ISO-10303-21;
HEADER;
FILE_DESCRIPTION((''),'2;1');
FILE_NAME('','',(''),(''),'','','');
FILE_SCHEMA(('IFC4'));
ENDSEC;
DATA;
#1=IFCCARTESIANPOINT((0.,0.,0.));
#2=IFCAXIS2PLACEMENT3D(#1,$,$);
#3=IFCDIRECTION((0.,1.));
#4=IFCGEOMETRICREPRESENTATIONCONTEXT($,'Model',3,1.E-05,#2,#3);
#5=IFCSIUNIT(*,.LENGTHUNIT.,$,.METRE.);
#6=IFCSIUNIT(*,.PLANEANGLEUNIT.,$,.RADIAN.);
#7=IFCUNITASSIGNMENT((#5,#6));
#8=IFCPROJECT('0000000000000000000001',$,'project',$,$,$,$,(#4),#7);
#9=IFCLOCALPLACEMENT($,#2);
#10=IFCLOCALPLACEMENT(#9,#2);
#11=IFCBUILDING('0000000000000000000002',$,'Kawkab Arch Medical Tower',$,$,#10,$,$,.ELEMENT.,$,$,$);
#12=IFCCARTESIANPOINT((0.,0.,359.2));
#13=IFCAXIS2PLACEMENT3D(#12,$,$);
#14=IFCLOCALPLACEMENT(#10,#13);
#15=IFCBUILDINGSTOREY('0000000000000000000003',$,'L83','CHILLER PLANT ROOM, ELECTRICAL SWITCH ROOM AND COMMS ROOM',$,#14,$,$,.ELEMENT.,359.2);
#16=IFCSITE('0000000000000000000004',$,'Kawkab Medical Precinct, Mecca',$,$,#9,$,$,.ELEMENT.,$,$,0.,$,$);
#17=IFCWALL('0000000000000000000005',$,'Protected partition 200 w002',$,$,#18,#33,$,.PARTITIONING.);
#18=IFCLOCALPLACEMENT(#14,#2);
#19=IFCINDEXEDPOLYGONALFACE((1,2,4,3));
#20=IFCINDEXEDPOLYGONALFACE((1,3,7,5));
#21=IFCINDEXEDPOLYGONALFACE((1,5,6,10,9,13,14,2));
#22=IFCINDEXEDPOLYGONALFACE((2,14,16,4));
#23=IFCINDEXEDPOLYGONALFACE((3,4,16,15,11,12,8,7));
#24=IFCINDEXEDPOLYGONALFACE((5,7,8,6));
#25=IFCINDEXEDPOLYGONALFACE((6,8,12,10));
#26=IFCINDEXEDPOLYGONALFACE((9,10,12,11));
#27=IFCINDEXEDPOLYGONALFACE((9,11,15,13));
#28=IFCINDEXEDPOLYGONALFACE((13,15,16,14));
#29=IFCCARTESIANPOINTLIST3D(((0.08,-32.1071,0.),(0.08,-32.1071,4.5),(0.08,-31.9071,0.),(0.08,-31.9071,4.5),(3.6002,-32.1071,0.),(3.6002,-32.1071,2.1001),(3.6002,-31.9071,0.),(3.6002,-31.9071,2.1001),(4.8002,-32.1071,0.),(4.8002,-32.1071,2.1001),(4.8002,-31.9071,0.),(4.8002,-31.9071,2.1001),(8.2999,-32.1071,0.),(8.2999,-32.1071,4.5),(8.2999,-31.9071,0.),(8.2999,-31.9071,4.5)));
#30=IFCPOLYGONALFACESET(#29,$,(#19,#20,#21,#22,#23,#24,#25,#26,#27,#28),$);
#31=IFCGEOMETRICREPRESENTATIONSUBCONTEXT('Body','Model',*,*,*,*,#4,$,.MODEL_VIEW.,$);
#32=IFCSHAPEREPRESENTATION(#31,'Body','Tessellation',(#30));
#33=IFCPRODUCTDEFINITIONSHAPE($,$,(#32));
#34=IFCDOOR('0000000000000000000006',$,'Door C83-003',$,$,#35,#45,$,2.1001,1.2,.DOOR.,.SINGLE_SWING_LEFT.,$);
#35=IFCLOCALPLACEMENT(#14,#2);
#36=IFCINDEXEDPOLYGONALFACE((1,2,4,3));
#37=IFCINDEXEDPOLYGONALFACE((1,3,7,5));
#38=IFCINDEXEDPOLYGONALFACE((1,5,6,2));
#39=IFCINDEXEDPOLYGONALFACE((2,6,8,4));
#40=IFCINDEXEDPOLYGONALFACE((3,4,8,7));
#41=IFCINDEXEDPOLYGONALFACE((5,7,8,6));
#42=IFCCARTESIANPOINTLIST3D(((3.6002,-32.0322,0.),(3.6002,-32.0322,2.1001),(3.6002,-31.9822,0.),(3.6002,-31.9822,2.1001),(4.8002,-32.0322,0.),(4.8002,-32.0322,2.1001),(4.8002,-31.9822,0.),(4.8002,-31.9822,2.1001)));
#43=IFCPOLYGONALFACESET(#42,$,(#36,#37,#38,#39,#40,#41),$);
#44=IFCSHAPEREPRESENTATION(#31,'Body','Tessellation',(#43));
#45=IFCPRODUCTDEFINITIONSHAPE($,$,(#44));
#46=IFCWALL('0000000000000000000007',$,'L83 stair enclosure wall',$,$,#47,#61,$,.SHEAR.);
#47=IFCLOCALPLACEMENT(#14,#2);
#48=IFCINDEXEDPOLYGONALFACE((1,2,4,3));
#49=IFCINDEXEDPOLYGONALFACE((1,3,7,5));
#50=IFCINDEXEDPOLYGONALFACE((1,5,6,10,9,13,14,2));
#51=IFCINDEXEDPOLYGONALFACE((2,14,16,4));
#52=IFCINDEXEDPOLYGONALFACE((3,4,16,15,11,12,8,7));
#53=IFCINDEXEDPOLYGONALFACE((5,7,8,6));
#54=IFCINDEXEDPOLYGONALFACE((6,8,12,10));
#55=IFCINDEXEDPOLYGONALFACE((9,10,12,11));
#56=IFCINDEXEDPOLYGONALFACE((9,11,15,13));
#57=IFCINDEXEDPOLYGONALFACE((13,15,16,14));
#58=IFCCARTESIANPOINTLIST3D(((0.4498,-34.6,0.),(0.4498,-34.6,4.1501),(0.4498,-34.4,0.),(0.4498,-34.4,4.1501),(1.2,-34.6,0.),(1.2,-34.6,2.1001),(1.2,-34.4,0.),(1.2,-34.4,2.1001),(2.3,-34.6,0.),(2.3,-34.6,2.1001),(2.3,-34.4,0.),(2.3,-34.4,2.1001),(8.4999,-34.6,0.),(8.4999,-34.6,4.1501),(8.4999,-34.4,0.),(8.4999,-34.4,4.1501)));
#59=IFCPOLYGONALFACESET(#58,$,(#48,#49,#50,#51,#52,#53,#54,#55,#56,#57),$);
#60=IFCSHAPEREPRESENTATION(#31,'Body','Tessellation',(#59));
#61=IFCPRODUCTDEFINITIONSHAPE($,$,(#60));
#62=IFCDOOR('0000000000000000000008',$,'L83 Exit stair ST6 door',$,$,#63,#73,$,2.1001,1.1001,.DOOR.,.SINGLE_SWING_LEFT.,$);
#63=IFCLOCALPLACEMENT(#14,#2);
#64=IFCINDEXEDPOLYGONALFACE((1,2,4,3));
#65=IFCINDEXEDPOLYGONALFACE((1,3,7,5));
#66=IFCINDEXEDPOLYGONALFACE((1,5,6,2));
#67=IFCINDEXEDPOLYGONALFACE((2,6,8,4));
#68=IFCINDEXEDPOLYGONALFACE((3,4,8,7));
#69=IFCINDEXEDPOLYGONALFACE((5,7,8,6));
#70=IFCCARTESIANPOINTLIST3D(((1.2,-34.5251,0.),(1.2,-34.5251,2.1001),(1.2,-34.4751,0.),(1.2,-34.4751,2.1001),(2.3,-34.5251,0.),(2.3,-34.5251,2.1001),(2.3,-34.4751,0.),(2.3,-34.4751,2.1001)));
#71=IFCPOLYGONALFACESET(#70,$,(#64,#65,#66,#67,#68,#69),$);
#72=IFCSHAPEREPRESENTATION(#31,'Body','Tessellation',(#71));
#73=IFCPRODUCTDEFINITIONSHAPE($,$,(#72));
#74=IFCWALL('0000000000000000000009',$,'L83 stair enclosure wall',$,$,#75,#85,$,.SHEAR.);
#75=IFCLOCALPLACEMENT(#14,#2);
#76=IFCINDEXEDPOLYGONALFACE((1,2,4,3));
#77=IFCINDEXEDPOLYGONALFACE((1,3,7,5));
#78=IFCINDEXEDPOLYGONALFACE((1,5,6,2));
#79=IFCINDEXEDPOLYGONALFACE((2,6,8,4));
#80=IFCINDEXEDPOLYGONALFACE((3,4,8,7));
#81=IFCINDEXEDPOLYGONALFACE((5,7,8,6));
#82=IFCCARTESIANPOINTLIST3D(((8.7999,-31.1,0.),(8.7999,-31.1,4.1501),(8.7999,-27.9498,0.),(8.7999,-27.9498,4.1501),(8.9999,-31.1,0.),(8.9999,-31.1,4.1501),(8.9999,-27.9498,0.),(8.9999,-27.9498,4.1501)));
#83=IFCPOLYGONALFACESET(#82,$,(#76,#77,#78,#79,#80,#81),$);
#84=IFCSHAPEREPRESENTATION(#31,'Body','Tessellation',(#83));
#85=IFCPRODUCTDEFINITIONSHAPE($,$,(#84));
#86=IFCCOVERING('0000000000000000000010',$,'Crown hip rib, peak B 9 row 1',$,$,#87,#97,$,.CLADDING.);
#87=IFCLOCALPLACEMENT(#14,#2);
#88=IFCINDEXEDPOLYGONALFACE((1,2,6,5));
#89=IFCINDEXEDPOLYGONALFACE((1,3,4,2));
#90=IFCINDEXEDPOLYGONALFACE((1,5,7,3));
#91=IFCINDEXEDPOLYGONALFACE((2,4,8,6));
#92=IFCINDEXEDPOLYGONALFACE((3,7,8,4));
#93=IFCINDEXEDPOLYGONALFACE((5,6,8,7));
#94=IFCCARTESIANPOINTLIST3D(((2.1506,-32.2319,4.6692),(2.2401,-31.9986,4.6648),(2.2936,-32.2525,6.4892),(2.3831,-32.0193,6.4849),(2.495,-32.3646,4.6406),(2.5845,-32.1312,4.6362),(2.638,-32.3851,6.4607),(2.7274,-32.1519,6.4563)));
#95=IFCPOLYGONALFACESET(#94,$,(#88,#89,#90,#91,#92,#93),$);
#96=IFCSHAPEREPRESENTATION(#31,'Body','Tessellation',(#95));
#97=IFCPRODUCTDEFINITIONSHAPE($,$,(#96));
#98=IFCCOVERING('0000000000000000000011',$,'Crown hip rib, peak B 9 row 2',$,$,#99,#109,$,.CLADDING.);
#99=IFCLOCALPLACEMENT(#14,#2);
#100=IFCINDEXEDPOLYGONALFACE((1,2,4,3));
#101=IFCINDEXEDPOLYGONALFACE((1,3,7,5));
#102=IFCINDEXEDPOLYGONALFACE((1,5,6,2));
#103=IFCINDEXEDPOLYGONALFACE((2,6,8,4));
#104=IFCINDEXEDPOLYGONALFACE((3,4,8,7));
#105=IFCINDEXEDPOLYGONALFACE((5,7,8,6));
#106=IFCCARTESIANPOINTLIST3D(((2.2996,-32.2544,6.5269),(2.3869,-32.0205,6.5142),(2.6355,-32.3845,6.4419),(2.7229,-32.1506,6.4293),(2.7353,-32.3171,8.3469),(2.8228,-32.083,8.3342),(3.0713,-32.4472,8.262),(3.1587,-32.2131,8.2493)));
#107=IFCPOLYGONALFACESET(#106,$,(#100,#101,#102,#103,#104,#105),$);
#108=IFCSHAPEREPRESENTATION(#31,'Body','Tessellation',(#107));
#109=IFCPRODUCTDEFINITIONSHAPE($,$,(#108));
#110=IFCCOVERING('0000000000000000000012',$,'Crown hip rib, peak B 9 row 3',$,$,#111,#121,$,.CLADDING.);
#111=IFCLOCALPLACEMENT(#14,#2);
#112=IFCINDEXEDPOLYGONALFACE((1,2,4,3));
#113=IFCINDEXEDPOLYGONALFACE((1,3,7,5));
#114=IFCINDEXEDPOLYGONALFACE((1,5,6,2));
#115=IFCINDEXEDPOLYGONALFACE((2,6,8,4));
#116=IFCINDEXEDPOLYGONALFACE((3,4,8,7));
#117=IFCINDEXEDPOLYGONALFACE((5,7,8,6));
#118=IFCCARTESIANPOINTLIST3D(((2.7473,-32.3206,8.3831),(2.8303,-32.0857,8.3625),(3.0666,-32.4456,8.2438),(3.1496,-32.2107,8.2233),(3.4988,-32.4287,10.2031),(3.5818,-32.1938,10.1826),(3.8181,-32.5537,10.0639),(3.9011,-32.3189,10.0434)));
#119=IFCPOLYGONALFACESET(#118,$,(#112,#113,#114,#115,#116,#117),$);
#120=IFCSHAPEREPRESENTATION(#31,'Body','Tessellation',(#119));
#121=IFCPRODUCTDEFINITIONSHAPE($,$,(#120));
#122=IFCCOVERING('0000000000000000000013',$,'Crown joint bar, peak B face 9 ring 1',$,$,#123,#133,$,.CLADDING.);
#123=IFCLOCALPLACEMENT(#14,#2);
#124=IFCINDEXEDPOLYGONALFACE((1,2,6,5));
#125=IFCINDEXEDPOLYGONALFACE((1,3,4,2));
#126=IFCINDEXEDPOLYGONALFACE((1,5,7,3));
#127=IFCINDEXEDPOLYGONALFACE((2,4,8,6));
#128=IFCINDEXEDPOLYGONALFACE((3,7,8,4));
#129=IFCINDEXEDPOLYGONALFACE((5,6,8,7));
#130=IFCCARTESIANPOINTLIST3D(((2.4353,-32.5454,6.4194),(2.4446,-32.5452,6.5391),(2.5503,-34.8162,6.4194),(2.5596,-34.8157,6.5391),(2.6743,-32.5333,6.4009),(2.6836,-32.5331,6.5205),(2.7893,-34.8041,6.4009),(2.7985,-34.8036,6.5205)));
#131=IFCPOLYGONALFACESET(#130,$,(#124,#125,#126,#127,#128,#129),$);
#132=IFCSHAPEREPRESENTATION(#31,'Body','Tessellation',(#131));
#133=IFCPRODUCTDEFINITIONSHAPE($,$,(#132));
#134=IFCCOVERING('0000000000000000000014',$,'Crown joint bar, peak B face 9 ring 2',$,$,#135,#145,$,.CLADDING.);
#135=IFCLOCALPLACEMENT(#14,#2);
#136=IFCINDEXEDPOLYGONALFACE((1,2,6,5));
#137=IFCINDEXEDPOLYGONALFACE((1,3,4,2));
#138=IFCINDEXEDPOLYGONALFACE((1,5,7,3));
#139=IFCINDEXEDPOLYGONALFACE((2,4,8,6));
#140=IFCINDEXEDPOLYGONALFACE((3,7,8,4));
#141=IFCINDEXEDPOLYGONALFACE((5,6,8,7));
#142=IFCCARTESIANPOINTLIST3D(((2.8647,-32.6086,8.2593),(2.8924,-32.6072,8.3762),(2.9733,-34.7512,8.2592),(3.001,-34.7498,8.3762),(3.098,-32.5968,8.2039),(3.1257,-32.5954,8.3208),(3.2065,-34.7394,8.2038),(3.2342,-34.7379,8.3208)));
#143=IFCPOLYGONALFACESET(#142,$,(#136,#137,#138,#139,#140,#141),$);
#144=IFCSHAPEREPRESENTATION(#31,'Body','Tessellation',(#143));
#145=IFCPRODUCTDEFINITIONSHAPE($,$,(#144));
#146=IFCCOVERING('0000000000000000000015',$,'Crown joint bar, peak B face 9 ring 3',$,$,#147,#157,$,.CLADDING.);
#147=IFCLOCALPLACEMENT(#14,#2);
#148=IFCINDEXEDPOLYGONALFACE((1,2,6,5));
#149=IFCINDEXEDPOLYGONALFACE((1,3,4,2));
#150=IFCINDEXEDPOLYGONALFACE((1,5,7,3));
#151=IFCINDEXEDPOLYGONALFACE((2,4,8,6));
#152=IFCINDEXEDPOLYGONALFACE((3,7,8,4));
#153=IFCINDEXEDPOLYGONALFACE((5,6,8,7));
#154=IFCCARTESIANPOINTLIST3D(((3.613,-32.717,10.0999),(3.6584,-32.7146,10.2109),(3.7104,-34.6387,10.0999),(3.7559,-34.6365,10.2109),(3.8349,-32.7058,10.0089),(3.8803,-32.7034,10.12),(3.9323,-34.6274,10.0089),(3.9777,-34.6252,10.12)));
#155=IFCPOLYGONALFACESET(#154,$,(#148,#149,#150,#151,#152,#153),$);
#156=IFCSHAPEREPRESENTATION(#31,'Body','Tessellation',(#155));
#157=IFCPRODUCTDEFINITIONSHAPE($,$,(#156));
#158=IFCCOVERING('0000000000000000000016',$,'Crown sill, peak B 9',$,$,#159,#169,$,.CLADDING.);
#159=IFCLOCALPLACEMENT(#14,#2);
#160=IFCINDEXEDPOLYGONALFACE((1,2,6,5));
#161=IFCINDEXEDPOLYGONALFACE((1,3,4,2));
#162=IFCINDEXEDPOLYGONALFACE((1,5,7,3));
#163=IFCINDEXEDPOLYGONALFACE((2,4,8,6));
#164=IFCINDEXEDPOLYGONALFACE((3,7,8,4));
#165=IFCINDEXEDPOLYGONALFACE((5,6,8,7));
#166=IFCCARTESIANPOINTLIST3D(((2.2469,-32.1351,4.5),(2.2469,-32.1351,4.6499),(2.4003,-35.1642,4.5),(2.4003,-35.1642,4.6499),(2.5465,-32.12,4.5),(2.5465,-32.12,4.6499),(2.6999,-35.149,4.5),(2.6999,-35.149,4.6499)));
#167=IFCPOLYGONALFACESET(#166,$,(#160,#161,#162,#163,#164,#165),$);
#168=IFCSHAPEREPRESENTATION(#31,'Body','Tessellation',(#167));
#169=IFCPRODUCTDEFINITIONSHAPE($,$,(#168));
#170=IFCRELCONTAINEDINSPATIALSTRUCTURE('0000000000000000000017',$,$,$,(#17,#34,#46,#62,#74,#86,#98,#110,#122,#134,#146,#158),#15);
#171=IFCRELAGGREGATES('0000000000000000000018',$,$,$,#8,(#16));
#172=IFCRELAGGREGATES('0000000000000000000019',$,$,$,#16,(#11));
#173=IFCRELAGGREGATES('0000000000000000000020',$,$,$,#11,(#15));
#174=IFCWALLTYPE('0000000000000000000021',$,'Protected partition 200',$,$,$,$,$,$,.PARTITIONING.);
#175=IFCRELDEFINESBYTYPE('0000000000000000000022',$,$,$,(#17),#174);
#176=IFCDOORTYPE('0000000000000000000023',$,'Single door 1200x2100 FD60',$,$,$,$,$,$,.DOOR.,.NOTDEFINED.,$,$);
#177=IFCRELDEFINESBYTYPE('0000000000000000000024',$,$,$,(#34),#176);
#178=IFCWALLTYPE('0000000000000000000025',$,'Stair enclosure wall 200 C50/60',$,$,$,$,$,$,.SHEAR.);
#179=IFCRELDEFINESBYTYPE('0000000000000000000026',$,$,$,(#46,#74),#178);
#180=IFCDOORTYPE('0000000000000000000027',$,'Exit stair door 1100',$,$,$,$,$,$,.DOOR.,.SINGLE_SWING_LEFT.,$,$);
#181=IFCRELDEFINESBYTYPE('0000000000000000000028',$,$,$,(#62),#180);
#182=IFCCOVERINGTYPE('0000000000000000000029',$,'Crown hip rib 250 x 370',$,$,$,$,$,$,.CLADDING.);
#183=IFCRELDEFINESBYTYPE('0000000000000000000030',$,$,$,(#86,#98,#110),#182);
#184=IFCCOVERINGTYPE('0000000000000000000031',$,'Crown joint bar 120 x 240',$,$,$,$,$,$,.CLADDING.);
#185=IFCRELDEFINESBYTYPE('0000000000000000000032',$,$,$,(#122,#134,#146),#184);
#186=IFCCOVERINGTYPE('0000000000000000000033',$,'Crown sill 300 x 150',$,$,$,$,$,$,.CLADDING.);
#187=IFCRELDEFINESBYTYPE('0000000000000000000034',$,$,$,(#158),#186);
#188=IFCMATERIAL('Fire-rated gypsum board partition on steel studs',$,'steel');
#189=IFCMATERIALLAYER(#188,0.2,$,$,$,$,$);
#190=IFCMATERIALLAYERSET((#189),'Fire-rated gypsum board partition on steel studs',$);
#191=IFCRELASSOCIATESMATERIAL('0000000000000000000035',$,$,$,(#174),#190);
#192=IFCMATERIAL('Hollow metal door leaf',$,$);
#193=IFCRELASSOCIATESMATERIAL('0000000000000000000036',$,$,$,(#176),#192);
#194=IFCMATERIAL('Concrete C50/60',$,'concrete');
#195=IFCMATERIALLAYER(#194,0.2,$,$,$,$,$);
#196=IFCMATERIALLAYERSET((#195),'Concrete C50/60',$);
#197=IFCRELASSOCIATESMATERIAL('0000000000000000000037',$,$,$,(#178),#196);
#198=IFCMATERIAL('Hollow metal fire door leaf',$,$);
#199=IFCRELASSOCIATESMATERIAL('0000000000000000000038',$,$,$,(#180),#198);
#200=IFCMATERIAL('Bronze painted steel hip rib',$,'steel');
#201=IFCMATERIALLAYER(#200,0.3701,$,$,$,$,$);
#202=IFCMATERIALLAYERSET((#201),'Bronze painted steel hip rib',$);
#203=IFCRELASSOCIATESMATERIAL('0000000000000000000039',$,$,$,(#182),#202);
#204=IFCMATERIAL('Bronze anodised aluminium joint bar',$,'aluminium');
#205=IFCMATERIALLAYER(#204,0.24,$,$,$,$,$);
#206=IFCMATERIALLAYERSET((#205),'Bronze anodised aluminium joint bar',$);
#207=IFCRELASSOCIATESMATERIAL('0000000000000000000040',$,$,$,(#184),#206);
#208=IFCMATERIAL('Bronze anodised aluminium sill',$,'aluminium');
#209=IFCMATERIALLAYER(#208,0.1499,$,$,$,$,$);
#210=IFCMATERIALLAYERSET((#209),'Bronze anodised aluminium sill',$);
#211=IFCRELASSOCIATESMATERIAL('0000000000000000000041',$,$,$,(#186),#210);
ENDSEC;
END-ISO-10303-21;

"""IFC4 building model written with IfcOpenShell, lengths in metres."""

from ifc_helpers import new_model, si_unit, direction, frame, frame_2d, origin, origin_2d, place, context, subcontext, project, spatial, polyline, rectangle, outline, extrude, material, layer, layer_set, type_object, element, fill, save


model = new_model("IFC4")

# Units and contexts
model_context = context("Model", 3, precision=1e-05, world=origin(), true_north=direction((0.0, 1.0)))
body_context = subcontext(model_context, "Body", "Model", "MODEL_VIEW")
ifc_project = project(units=[si_unit("LENGTHUNIT", "METRE"), si_unit("PLANEANGLEUNIT", "RADIAN")], contexts=[model_context])

# Site, building, storey
site_placement = place(None, origin())
site = spatial("IfcSite", under=ifc_project, at=site_placement, Name="Kawkab Medical Precinct, Mecca", CompositionType="ELEMENT", RefElevation=0.0)
building_placement = place(site_placement, origin())
building = spatial("IfcBuilding", under=site, at=building_placement, Name="Kawkab Arch Medical Tower", CompositionType="ELEMENT")
storey_placement = place(building_placement, frame((0.0, 0.0, 359.2)))
storey = spatial("IfcBuildingStorey", under=building, at=storey_placement, Name="L83", Description="CHILLER PLANT ROOM, ELECTRICAL SWITCH ROOM AND COMMS ROOM", CompositionType="ELEMENT", Elevation=359.2)

# Walls, openings, doors
ifc_material_1 = material(Name="Fire-rated gypsum board partition on steel studs", Category="steel")
ifc_layer_1 = layer(ifc_material_1, 0.2)
ifc_layer_set_1 = layer_set([ifc_layer_1], Name="Fire-rated gypsum board partition on steel studs")
wall_type_1 = type_object("IfcWallType", Name="Protected partition 200", PredefinedType="PARTITIONING", material=ifc_layer_set_1)
wall_1_placement = place(storey_placement, frame((0.0801, -32.0071, 0.0), z_axis=(0.0, 0.0, 1.0), x_axis=(1.0, 0.0, 0.0)))
wall_1 = element("IfcWall", 1, at=wall_1_placement, inside=storey, type_object=wall_type_1, Name="Protected partition 200 w002", PredefinedType="PARTITIONING", context=body_context, shape_type="SweptSolid", body=[
    extrude(rectangle(XDim=8.22, YDim=0.2, at=frame_2d((4.1099, 0.0))), origin(), (0.0, 0.0, 1.0), 4.5),
])
opening_1_placement = place(wall_1_placement, frame((3.52, 0.0, 0.0)))
opening_1 = element("IfcOpeningElement", 2, at=opening_1_placement, cuts=wall_1, PredefinedType="OPENING", context=body_context, shape_type="SweptSolid", body=[
    extrude(rectangle(XDim=1.2, YDim=2.1001, at=frame_2d((0.6001, 1.05))), frame((0.0, 0.1099, 0.0), z_axis=(0.0, -1.0, 0.0), x_axis=(1.0, 0.0, 0.0)), (0.0, 0.0, 1.0), 0.22),
])
ifc_material_2 = material(Name="Hollow metal door leaf")
door_type_1 = type_object("IfcDoorType", Name="Single door 1200x2100 FD60", OperationType="NOTDEFINED", PredefinedType="DOOR", material=ifc_material_2)
door_1_placement = place(opening_1_placement, origin())
door_1 = element("IfcDoor", 3, at=door_1_placement, inside=storey, type_object=door_type_1, Name="Door C83-003", OperationType="SINGLE_SWING_LEFT", OverallHeight=2.1001, OverallWidth=1.2, PredefinedType="DOOR", context=body_context, shape_type="SweptSolid", body=[
    extrude(rectangle(XDim=1.2, YDim=2.1001, at=frame_2d((0.6001, 1.05))), frame((0.0, 0.0249, 0.0), z_axis=(0.0, -1.0, 0.0), x_axis=(1.0, 0.0, 0.0)), (0.0, 0.0, 1.0), 0.05),
])
fill(opening_1, door_1)
ifc_material_3 = material(Name="Concrete C50/60", Category="concrete")
ifc_layer_2 = layer(ifc_material_3, 0.2)
ifc_layer_set_2 = layer_set([ifc_layer_2], Name="Concrete C50/60")
wall_type_2 = type_object("IfcWallType", Name="Stair enclosure wall 200 C50/60", PredefinedType="SHEAR", material=ifc_layer_set_2)
wall_2_placement = place(storey_placement, frame((0.45, -34.5, 0.0), z_axis=(0.0, 0.0, 1.0), x_axis=(1.0, 0.0, 0.0)))
wall_2 = element("IfcWall", 4, at=wall_2_placement, inside=storey, type_object=wall_type_2, Name="L83 stair enclosure wall", PredefinedType="SHEAR", context=body_context, shape_type="SweptSolid", body=[
    extrude(rectangle(XDim=8.05, YDim=0.2, at=frame_2d((4.0249, 0.0))), origin(), (0.0, 0.0, 1.0), 4.1501),
])
opening_2_placement = place(wall_2_placement, frame((0.75, 0.0, 0.0)))
opening_2 = element("IfcOpeningElement", 5, at=opening_2_placement, cuts=wall_2, PredefinedType="OPENING", context=body_context, shape_type="SweptSolid", body=[
    extrude(rectangle(XDim=1.1001, YDim=2.1001, at=frame_2d((0.55, 1.05))), frame((0.0, 0.1099, 0.0), z_axis=(0.0, -1.0, 0.0), x_axis=(1.0, 0.0, 0.0)), (0.0, 0.0, 1.0), 0.22),
])
ifc_material_4 = material(Name="Hollow metal fire door leaf")
door_type_2 = type_object("IfcDoorType", Name="Exit stair door 1100", OperationType="SINGLE_SWING_LEFT", PredefinedType="DOOR", material=ifc_material_4)
door_2_placement = place(opening_2_placement, origin())
door_2 = element("IfcDoor", 6, at=door_2_placement, inside=storey, type_object=door_type_2, Name="L83 Exit stair ST6 door", OperationType="SINGLE_SWING_LEFT", OverallHeight=2.1001, OverallWidth=1.1001, PredefinedType="DOOR", context=body_context, shape_type="SweptSolid", body=[
    extrude(rectangle(XDim=1.1001, YDim=2.1001, at=frame_2d((0.55, 1.05))), frame((0.0, 0.0249, 0.0), z_axis=(0.0, -1.0, 0.0), x_axis=(1.0, 0.0, 0.0)), (0.0, 0.0, 1.0), 0.05),
])
fill(opening_2, door_2)

# Wall
wall_3_placement = place(storey_placement, frame((8.8999, -31.1001, 0.0), z_axis=(0.0, 0.0, 1.0), x_axis=(0.0, 1.0, 0.0)))
element("IfcWall", 7, at=wall_3_placement, inside=storey, type_object=wall_type_2, Name="L83 stair enclosure wall", PredefinedType="SHEAR", context=body_context, shape_type="SweptSolid", body=[
    extrude(rectangle(XDim=3.1501, YDim=0.2, at=frame_2d((1.5752, 0.0))), origin(), (0.0, 0.0, 1.0), 4.1501),
])

# Coverings
ifc_material_5 = material(Name="Bronze painted steel hip rib", Category="steel")
ifc_layer_3 = layer(ifc_material_5, 0.3701)
ifc_layer_set_3 = layer_set([ifc_layer_3], Name="Bronze painted steel hip rib")
covering_type_1 = type_object("IfcCoveringType", Name="Crown hip rib 250 x 370", PredefinedType="CLADDING", material=ifc_layer_set_3)
covering_1_placement = place(storey_placement, frame((2.1506, -32.2319, 4.6692), z_axis=(-0.930404, 0.358327, 0.077134), x_axis=(0.078306, -0.011263, 0.996866)))
element("IfcCovering", 8, at=covering_1_placement, inside=storey, type_object=covering_type_1, Name="Crown hip rib, peak B 9 row 1", PredefinedType="CLADDING", context=body_context, shape_type="SweptSolid", body=[
    extrude(outline(polyline([(0.0, 0.0), (1.8258, 0.0), (1.8258, 0.2498), (0.0, 0.25), (0.0, 0.0)])), origin(), (0.0, 0.0, -1.0), 0.3701),
])
covering_2_placement = place(storey_placement, frame((2.2996, -32.2544, 6.5269), z_axis=(-0.907659, 0.351457, 0.229419), x_axis=(0.232703, -0.033499, 0.971971)))
element("IfcCovering", 9, at=covering_2_placement, inside=storey, type_object=covering_type_1, Name="Crown hip rib, peak B 9 row 2", PredefinedType="CLADDING", context=body_context, shape_type="SweptSolid", body=[
    extrude(outline(polyline([(0.0, 0.0), (1.8726, 0.0), (1.8727, 0.2502), (0.0002, 0.25), (0.0, 0.0)])), origin(), (0.0, 0.0, -1.0), 0.3701),
])
covering_3_placement = place(storey_placement, frame((2.7473, -32.3206, 8.3831), z_axis=(-0.862742, 0.337775, 0.376278), x_axis=(0.381055, -0.054843, 0.922925)))
element("IfcCovering", 10, at=covering_3_placement, inside=storey, type_object=covering_type_1, Name="Crown hip rib, peak B 9 row 3", PredefinedType="CLADDING", context=body_context, shape_type="SweptSolid", body=[
    extrude(outline(polyline([(0.0, 0.0), (1.9721, 0.0), (1.9719, 0.2499), (-0.0002, 0.2499), (0.0, 0.0)])), origin(), (0.0, 0.0, -1.0), 0.3701),
])
ifc_material_6 = material(Name="Bronze anodised aluminium joint bar", Category="aluminium")
ifc_layer_4 = layer(ifc_material_6, 0.24)
ifc_layer_set_4 = layer_set([ifc_layer_4], Name="Bronze anodised aluminium joint bar")
covering_type_2 = type_object("IfcCoveringType", Name="Crown joint bar 120 x 240", PredefinedType="CLADDING", material=ifc_layer_set_4)
covering_4_placement = place(storey_placement, frame((2.4353, -32.5454, 6.4194), z_axis=(-0.995726, -0.050426, 0.077374), x_axis=(0.050578, -0.99872, 0.0)))
element("IfcCovering", 11, at=covering_4_placement, inside=storey, type_object=covering_type_2, Name="Crown joint bar, peak B face 9 ring 1", PredefinedType="CLADDING", context=body_context, shape_type="SweptSolid", body=[
    extrude(outline(polyline([(0.0, 0.0), (2.2737, 0.0), (2.2736, 0.12), (0.0002, 0.12), (0.0, 0.0)])), origin(), (0.0, 0.0, -1.0), 0.24),
])
covering_5_placement = place(storey_placement, frame((2.8647, -32.6086, 8.2593), z_axis=(-0.971739, -0.049218, 0.230872), x_axis=(0.050582, -0.99872, -0.000013)))
element("IfcCovering", 12, at=covering_5_placement, inside=storey, type_object=covering_type_2, Name="Crown joint bar, peak B face 9 ring 2", PredefinedType="CLADDING", context=body_context, shape_type="SweptSolid", body=[
    extrude(outline(polyline([(0.0, 0.0), (2.1453, 0.0), (2.1453, 0.1202), (-0.0001, 0.1202), (0.0, 0.0)])), origin(), (0.0, 0.0, -1.0), 0.24),
])
covering_6_placement = place(storey_placement, frame((3.613, -32.717, 10.0999), z_axis=(-0.924285, -0.046851, 0.378818), x_axis=(0.050625, -0.998718, 0.000001)))
element("IfcCovering", 13, at=covering_6_placement, inside=storey, type_object=covering_type_2, Name="Crown joint bar, peak B face 9 ring 3", PredefinedType="CLADDING", context=body_context, shape_type="SweptSolid", body=[
    extrude(outline(polyline([(0.0, 0.0), (1.9241, 0.0), (1.9242, 0.12), (-0.0001, 0.12), (0.0, 0.0)])), origin(), (0.0, 0.0, -1.0), 0.24),
])
ifc_material_7 = material(Name="Bronze anodised aluminium sill", Category="aluminium")
ifc_layer_5 = layer(ifc_material_7, 0.1499)
ifc_layer_set_5 = layer_set([ifc_layer_5], Name="Bronze anodised aluminium sill")
covering_type_3 = type_object("IfcCoveringType", Name="Crown sill 300 x 150", PredefinedType="CLADDING", material=ifc_layer_set_5)
covering_7_placement = place(storey_placement, frame((2.4734, -33.6421, 4.5), z_axis=(0.0, 0.0, 1.0), x_axis=(0.05058, -0.99872, 0.0)))
element("IfcCovering", 14, at=covering_7_placement, inside=storey, type_object=covering_type_3, Name="Crown sill, peak B 9", PredefinedType="CLADDING", context=body_context, shape_type="SweptSolid", body=[
    extrude(rectangle(XDim=3.033, YDim=0.3, at=origin_2d()), origin(), (0.0, 0.0, 1.0), 0.1499),
])

save(model, "model.ifc")
